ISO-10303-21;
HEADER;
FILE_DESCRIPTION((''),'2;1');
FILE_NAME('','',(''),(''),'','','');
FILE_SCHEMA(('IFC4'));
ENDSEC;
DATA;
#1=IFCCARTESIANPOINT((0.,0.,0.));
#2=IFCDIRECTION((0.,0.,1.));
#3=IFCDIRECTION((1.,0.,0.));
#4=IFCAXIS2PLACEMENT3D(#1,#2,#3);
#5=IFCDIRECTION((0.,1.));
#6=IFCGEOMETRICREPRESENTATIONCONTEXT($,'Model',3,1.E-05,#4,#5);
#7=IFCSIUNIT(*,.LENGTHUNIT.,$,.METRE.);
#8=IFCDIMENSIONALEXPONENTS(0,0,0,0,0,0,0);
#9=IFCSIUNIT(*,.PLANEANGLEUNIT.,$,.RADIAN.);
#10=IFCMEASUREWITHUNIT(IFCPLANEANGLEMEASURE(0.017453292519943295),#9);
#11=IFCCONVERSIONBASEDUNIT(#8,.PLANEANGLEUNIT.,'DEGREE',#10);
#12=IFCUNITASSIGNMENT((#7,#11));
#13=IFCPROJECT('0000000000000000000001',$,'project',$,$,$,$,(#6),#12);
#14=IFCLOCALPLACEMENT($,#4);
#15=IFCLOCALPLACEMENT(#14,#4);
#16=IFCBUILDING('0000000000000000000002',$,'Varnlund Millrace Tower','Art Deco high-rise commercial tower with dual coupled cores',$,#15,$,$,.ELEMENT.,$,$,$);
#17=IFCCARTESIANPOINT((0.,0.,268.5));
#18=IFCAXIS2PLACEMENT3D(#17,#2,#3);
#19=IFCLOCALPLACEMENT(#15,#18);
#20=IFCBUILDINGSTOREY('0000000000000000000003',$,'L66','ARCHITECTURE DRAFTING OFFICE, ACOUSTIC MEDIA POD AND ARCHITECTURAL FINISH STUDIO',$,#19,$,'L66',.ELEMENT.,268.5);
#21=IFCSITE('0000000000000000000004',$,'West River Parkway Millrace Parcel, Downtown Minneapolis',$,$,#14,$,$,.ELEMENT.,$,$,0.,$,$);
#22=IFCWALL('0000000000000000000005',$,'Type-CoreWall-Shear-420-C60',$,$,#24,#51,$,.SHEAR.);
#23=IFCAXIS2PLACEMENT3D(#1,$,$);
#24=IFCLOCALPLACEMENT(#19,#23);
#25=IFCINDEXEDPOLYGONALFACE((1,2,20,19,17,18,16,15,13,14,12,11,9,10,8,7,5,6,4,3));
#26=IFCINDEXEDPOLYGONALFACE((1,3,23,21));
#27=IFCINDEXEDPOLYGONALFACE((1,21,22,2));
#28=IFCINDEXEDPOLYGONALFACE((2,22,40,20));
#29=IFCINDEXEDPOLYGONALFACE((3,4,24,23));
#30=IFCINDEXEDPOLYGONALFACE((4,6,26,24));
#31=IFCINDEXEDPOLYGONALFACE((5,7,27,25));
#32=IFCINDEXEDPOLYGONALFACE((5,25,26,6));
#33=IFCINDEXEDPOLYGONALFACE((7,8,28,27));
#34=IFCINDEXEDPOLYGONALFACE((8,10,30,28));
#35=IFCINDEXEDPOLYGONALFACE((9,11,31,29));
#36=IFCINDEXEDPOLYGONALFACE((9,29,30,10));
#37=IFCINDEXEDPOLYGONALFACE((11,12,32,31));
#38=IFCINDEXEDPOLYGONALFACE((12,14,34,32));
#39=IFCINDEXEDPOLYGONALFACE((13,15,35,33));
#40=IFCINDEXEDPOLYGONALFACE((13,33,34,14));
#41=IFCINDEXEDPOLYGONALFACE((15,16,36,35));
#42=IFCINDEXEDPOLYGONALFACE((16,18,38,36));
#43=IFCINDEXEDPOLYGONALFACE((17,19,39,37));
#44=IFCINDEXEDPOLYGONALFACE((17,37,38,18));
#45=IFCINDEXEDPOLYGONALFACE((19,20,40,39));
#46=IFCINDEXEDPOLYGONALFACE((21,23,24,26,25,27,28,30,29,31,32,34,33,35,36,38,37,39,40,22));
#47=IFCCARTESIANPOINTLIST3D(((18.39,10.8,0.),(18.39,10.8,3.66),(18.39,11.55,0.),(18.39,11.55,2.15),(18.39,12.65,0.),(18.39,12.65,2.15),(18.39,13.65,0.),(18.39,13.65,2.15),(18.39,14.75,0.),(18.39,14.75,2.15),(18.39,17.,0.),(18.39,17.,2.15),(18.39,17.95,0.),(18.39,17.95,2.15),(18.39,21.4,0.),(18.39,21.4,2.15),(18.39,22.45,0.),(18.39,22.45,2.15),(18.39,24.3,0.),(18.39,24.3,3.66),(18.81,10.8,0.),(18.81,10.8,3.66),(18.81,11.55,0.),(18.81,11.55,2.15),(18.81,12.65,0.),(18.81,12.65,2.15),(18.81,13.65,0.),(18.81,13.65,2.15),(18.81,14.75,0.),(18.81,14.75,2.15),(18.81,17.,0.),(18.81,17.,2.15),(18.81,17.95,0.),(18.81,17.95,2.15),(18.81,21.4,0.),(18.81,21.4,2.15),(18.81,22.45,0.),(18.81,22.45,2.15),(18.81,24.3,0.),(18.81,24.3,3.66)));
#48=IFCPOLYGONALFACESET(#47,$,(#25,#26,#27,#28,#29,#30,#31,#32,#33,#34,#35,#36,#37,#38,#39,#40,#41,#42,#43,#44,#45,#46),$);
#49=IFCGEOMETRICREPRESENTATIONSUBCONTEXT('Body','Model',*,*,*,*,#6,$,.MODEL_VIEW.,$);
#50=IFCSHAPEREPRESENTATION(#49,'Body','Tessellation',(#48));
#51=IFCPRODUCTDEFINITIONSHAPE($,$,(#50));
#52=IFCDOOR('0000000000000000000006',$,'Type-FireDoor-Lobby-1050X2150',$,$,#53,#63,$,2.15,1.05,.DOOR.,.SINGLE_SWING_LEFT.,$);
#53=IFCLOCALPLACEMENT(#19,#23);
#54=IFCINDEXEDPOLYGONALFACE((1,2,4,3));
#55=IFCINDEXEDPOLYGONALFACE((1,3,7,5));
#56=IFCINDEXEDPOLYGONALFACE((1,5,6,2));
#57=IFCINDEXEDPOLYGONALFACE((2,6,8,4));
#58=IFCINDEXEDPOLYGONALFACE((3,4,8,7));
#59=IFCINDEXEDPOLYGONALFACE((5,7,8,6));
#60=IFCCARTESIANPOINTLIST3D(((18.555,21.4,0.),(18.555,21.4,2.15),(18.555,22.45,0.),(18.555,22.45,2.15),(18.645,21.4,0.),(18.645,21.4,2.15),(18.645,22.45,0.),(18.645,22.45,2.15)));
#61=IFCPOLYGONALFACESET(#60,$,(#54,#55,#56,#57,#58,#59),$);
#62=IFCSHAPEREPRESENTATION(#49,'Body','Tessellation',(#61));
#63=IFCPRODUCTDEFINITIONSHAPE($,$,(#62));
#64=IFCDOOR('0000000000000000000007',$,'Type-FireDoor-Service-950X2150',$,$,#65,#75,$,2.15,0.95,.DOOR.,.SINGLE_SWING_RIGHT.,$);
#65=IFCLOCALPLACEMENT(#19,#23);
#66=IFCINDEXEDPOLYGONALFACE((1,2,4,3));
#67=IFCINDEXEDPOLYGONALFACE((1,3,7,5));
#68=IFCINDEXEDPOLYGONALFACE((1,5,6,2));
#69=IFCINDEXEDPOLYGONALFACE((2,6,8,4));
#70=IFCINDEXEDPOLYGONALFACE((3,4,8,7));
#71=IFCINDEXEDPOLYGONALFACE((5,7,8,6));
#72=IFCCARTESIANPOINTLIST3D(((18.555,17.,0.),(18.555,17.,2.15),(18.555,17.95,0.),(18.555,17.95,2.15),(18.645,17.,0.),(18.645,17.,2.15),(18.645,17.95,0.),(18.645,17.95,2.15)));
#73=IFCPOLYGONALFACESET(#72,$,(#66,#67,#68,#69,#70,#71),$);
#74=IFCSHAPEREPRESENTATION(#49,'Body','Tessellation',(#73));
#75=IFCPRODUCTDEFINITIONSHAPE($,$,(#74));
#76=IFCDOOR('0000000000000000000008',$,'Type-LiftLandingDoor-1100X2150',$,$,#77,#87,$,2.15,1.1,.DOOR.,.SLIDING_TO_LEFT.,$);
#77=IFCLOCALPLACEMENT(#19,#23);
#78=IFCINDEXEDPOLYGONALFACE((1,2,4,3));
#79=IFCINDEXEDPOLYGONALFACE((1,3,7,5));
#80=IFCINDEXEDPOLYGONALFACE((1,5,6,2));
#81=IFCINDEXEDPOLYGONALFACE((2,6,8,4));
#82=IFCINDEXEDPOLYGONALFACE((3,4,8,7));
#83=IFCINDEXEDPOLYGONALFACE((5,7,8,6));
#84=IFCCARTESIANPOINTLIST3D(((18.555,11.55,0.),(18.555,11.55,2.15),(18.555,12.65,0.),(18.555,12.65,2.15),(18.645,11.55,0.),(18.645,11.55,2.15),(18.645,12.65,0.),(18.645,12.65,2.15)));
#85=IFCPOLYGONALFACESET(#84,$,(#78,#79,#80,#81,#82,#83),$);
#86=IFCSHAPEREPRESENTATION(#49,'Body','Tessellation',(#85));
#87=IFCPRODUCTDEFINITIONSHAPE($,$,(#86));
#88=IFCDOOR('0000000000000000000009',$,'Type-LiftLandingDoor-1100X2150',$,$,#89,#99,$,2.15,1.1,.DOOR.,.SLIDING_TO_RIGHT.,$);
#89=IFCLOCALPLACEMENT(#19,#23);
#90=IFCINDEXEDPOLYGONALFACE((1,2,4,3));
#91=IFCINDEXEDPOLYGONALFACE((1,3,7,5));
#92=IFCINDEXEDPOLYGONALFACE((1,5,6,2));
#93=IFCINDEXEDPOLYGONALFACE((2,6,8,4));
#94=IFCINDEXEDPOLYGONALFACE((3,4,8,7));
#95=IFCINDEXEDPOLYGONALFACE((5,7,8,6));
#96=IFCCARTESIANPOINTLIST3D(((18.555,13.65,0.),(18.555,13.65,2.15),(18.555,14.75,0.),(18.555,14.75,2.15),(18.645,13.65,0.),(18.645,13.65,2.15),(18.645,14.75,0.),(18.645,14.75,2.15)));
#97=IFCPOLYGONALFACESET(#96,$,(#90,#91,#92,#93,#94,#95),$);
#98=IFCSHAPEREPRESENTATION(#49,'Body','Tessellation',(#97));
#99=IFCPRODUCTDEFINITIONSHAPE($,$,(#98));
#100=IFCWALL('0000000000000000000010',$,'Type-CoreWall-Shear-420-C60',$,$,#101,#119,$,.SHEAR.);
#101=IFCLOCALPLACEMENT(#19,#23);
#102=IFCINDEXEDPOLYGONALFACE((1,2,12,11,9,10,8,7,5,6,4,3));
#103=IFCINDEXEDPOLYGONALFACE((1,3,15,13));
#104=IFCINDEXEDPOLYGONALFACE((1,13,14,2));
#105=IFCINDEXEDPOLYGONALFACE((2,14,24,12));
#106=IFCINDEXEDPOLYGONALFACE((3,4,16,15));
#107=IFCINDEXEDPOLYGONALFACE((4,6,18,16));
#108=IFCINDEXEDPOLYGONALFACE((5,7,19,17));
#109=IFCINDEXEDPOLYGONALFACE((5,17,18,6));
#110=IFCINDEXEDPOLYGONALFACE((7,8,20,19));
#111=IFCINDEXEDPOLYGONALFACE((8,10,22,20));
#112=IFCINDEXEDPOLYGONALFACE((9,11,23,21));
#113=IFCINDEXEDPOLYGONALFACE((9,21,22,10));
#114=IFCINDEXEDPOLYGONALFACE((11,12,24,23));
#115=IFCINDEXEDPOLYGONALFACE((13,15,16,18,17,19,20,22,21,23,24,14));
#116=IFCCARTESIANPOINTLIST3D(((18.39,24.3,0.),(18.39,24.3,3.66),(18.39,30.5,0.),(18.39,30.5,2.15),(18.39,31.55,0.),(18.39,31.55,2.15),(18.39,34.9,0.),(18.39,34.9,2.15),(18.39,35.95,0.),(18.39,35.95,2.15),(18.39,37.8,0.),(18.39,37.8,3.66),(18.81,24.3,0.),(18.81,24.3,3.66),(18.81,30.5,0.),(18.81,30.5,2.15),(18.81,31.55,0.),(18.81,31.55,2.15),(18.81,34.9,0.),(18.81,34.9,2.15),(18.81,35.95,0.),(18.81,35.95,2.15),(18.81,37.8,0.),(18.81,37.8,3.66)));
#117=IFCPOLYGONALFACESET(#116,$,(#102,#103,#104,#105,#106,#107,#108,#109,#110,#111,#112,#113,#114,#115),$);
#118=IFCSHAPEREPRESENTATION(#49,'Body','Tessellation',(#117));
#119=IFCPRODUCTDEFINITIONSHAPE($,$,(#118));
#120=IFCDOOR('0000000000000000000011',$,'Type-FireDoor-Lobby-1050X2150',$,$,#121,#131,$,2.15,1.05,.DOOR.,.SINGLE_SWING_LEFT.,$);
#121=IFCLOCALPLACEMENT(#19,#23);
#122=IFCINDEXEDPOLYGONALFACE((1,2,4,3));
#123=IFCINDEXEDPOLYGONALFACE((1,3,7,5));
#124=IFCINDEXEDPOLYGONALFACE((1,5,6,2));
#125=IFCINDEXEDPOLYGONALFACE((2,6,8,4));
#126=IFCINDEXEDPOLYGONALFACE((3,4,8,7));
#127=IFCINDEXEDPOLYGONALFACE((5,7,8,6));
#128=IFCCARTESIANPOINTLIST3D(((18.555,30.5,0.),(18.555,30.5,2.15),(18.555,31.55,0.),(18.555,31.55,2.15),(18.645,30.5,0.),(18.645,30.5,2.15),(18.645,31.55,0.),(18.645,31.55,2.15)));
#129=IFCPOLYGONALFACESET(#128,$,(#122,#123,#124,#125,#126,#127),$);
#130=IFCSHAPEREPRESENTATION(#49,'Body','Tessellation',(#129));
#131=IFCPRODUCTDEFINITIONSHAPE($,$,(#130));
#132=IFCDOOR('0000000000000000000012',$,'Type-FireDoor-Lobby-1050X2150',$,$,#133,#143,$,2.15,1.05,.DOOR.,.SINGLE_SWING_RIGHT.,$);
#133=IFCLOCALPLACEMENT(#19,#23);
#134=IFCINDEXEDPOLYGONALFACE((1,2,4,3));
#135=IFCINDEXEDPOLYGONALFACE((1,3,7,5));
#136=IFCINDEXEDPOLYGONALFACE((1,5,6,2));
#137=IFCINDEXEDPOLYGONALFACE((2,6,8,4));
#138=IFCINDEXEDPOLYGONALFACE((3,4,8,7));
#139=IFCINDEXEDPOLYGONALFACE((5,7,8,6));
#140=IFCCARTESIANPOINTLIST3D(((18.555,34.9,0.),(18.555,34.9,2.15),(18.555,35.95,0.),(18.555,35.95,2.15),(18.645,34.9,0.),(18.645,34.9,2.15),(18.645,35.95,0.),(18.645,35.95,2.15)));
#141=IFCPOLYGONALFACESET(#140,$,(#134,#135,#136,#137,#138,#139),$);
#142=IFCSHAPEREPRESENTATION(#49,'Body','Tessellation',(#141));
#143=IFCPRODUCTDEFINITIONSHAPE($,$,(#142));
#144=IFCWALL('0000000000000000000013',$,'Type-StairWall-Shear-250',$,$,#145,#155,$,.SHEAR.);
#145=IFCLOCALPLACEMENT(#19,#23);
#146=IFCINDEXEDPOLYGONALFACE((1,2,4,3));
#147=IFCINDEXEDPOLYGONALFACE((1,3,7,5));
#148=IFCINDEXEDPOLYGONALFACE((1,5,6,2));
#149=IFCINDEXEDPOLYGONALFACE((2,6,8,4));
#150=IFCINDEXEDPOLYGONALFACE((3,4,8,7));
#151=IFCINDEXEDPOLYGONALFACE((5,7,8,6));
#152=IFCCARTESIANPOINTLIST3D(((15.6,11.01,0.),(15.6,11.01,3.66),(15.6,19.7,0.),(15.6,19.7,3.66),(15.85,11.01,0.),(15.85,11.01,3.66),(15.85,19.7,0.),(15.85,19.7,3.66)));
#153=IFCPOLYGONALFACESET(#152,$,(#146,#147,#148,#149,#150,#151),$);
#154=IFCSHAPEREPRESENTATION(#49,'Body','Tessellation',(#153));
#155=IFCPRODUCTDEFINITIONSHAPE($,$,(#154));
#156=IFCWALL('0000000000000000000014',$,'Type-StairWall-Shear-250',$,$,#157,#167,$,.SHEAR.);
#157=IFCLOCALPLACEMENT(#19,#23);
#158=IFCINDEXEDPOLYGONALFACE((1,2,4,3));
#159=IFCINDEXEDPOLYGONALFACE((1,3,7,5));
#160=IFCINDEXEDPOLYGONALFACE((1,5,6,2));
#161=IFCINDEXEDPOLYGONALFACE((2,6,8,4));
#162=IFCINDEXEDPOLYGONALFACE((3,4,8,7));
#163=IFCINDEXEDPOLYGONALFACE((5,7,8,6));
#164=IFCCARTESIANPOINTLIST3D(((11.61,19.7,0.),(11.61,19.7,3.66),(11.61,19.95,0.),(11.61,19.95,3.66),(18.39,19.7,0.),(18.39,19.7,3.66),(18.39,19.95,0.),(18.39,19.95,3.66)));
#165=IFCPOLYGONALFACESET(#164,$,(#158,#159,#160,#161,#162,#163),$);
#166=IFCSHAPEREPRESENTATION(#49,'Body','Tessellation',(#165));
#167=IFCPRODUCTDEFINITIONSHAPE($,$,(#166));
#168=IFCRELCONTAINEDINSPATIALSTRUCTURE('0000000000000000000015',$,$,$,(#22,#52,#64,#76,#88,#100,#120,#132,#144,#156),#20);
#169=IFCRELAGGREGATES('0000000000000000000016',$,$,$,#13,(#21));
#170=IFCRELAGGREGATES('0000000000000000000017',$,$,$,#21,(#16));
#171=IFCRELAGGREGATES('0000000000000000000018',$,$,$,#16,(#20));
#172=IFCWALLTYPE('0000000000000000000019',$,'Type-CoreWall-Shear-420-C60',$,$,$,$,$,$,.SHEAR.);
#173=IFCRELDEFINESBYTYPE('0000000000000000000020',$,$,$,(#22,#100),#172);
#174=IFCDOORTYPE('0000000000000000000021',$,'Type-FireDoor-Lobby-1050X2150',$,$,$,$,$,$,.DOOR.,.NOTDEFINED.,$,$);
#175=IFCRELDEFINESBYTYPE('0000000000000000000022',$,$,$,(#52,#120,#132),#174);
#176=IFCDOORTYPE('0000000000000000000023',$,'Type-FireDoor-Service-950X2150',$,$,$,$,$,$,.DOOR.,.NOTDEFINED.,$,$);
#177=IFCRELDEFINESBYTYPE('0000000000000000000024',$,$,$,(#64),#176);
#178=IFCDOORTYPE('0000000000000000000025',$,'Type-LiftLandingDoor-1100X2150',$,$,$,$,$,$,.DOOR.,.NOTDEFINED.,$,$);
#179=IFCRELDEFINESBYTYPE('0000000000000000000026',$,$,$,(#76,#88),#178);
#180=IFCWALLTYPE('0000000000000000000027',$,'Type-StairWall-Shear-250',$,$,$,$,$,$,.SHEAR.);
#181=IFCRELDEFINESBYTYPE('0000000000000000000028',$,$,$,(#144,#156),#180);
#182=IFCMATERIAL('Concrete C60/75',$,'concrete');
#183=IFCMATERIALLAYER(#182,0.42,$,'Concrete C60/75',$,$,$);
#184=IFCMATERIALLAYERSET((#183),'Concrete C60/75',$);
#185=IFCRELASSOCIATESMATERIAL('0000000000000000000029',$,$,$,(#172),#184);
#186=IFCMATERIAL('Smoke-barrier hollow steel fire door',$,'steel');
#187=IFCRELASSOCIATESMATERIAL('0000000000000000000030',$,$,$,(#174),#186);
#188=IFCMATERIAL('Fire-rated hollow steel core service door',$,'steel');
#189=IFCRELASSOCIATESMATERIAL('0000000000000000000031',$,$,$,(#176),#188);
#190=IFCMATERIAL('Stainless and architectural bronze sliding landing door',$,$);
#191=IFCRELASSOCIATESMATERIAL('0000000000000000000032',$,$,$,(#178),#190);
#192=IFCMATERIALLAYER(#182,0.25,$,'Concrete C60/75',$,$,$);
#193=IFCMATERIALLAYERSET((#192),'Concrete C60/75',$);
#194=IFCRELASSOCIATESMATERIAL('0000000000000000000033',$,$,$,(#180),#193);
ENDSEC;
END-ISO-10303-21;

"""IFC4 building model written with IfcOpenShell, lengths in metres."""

from ifc_helpers import new_model, entity, si_unit, converted_unit, direction, frame, origin_with_axes, origin_2d_with_axis, place, context, subcontext, project, spatial, polyline, rectangle, outline, extrude, material, layer, layer_set, type_object, element, fill, save


model = new_model("IFC4")

# Units and contexts
model_context = context("Model", 3, precision=1e-05, world=origin_with_axes(), true_north=direction((0.0, 1.0)))
body_context = subcontext(model_context, "Body", "Model", "MODEL_VIEW")
ifc_project = project(units=[si_unit("LENGTHUNIT", "METRE"), converted_unit("PLANEANGLEUNIT", "DEGREE", entity("IfcPlaneAngleMeasure", 0.017453292519943295), si_unit("PLANEANGLEUNIT", "RADIAN"), dimensions=[0, 0, 0, 0, 0, 0, 0])], contexts=[model_context])

# Site, building, storey
site_placement = place(None, origin_with_axes())
site = spatial("IfcSite", under=ifc_project, at=site_placement, Name="West River Parkway Millrace Parcel, Downtown Minneapolis", CompositionType="ELEMENT", RefElevation=0.0)
building_placement = place(site_placement, origin_with_axes())
building = spatial("IfcBuilding", under=site, at=building_placement, Name="Varnlund Millrace Tower", Description="Art Deco high-rise commercial tower with dual coupled cores", CompositionType="ELEMENT")
storey_placement = place(building_placement, frame((0.0, 0.0, 268.5), z_axis=(0.0, 0.0, 1.0), x_axis=(1.0, 0.0, 0.0)))
storey = spatial("IfcBuildingStorey", under=building, at=storey_placement, Name="L66", Description="ARCHITECTURE DRAFTING OFFICE, ACOUSTIC MEDIA POD AND ARCHITECTURAL FINISH STUDIO", LongName="L66", CompositionType="ELEMENT", Elevation=268.5)

# Shared definitions
ifc_material_1 = material(Name="Concrete C60/75", Category="concrete")

# Shared definitions
ifc_layer_1 = layer(ifc_material_1, 0.42, Name="Concrete C60/75")
ifc_layer_set_1 = layer_set([ifc_layer_1], Name="Concrete C60/75")
wall_type_1 = type_object("IfcWallType", Name="Type-CoreWall-Shear-420-C60", PredefinedType="SHEAR", material=ifc_layer_set_1)

# Walls, openings, doors
wall_1_placement = place(storey_placement, frame((18.6, 10.8, 0.0), z_axis=(0.0, 0.0, 1.0), x_axis=(0.0, 1.0, 0.0)))
wall_1 = element("IfcWall", 1, at=wall_1_placement, inside=storey, type_object=wall_type_1, Name="Type-CoreWall-Shear-420-C60", PredefinedType="SHEAR", context=body_context, shape_type="SweptSolid", body=[
    extrude(outline(polyline([(0.0, -0.21), (13.5, -0.21), (13.5, 0.21), (0.0, 0.21), (0.0, -0.21)])), origin_with_axes(), (0.0, 0.0, 1.0), 3.66),
])
opening_1_placement = place(wall_1_placement, frame((1.3, 0.0, 0.0), z_axis=(0.0, 0.0, 1.0), x_axis=(1.0, 0.0, 0.0)))
opening_1 = element("IfcOpeningElement", 2, at=opening_1_placement, cuts=wall_1, PredefinedType="OPENING", context=body_context, shape_type="SweptSolid", body=[
    extrude(rectangle(XDim=1.1, YDim=0.44, at=origin_2d_with_axis()), origin_with_axes(), (0.0, 0.0, 1.0), 2.15),
])
opening_2_placement = place(wall_1_placement, frame((3.4, 0.0, 0.0), z_axis=(0.0, 0.0, 1.0), x_axis=(1.0, 0.0, 0.0)))
opening_2 = element("IfcOpeningElement", 3, at=opening_2_placement, cuts=wall_1, PredefinedType="OPENING", context=body_context, shape_type="SweptSolid", body=[
    extrude(rectangle(XDim=1.1, YDim=0.44, at=origin_2d_with_axis()), origin_with_axes(), (0.0, 0.0, 1.0), 2.15),
])
opening_3_placement = place(wall_1_placement, frame((11.125, 0.0, 0.0), z_axis=(0.0, 0.0, 1.0), x_axis=(1.0, 0.0, 0.0)))
opening_3 = element("IfcOpeningElement", 4, at=opening_3_placement, cuts=wall_1, PredefinedType="OPENING", context=body_context, shape_type="SweptSolid", body=[
    extrude(rectangle(XDim=1.05, YDim=0.44, at=origin_2d_with_axis()), origin_with_axes(), (0.0, 0.0, 1.0), 2.15),
])
opening_4_placement = place(wall_1_placement, frame((6.675, 0.0, 0.0), z_axis=(0.0, 0.0, 1.0), x_axis=(1.0, 0.0, 0.0)))
opening_4 = element("IfcOpeningElement", 5, at=opening_4_placement, cuts=wall_1, PredefinedType="OPENING", context=body_context, shape_type="SweptSolid", body=[
    extrude(rectangle(XDim=0.95, YDim=0.44, at=origin_2d_with_axis()), origin_with_axes(), (0.0, 0.0, 1.0), 2.15),
])
ifc_material_2 = material(Name="Smoke-barrier hollow steel fire door", Category="steel")
door_type_1 = type_object("IfcDoorType", Name="Type-FireDoor-Lobby-1050X2150", OperationType="NOTDEFINED", PredefinedType="DOOR", material=ifc_material_2)
door_1_placement = place(wall_1_placement, frame((11.125, 0.0, 0.0), z_axis=(0.0, 0.0, 1.0), x_axis=(1.0, 0.0, 0.0)))
door_1 = element("IfcDoor", 6, at=door_1_placement, inside=storey, type_object=door_type_1, Name="Type-FireDoor-Lobby-1050X2150", OperationType="SINGLE_SWING_LEFT", OverallHeight=2.15, OverallWidth=1.05, PredefinedType="DOOR", context=body_context, shape_type="SweptSolid", body=[
    extrude(rectangle(XDim=1.05, YDim=0.09, at=origin_2d_with_axis()), origin_with_axes(), (0.0, 0.0, 1.0), 2.15),
])
fill(opening_3, door_1)
ifc_material_3 = material(Name="Fire-rated hollow steel core service door", Category="steel")
door_type_2 = type_object("IfcDoorType", Name="Type-FireDoor-Service-950X2150", OperationType="NOTDEFINED", PredefinedType="DOOR", material=ifc_material_3)
door_2_placement = place(wall_1_placement, frame((6.675, 0.0, 0.0), z_axis=(0.0, 0.0, 1.0), x_axis=(1.0, 0.0, 0.0)))
door_2 = element("IfcDoor", 7, at=door_2_placement, inside=storey, type_object=door_type_2, Name="Type-FireDoor-Service-950X2150", OperationType="SINGLE_SWING_RIGHT", OverallHeight=2.15, OverallWidth=0.95, PredefinedType="DOOR", context=body_context, shape_type="SweptSolid", body=[
    extrude(rectangle(XDim=0.95, YDim=0.09, at=origin_2d_with_axis()), origin_with_axes(), (0.0, 0.0, 1.0), 2.15),
])
fill(opening_4, door_2)
ifc_material_4 = material(Name="Stainless and architectural bronze sliding landing door")
door_type_3 = type_object("IfcDoorType", Name="Type-LiftLandingDoor-1100X2150", OperationType="NOTDEFINED", PredefinedType="DOOR", material=ifc_material_4)
door_3_placement = place(wall_1_placement, frame((1.3, 0.0, 0.0), z_axis=(0.0, 0.0, 1.0), x_axis=(1.0, 0.0, 0.0)))
door_3 = element("IfcDoor", 8, at=door_3_placement, inside=storey, type_object=door_type_3, Name="Type-LiftLandingDoor-1100X2150", OperationType="SLIDING_TO_LEFT", OverallHeight=2.15, OverallWidth=1.1, PredefinedType="DOOR", context=body_context, shape_type="SweptSolid", body=[
    extrude(rectangle(XDim=1.1, YDim=0.09, at=origin_2d_with_axis()), origin_with_axes(), (0.0, 0.0, 1.0), 2.15),
])
fill(opening_1, door_3)
door_4_placement = place(wall_1_placement, frame((3.4, 0.0, 0.0), z_axis=(0.0, 0.0, 1.0), x_axis=(1.0, 0.0, 0.0)))
door_4 = element("IfcDoor", 9, at=door_4_placement, inside=storey, type_object=door_type_3, Name="Type-LiftLandingDoor-1100X2150", OperationType="SLIDING_TO_RIGHT", OverallHeight=2.15, OverallWidth=1.1, PredefinedType="DOOR", context=body_context, shape_type="SweptSolid", body=[
    extrude(rectangle(XDim=1.1, YDim=0.09, at=origin_2d_with_axis()), origin_with_axes(), (0.0, 0.0, 1.0), 2.15),
])
fill(opening_2, door_4)
wall_2_placement = place(storey_placement, frame((18.6, 24.3, 0.0), z_axis=(0.0, 0.0, 1.0), x_axis=(0.0, 1.0, 0.0)))
wall_2 = element("IfcWall", 10, at=wall_2_placement, inside=storey, type_object=wall_type_1, Name="Type-CoreWall-Shear-420-C60", PredefinedType="SHEAR", context=body_context, shape_type="SweptSolid", body=[
    extrude(outline(polyline([(0.0, -0.21), (13.5, -0.21), (13.5, 0.21), (0.0, 0.21), (0.0, -0.21)])), origin_with_axes(), (0.0, 0.0, 1.0), 3.66),
])
opening_5_placement = place(wall_2_placement, frame((6.725, 0.0, 0.0), z_axis=(0.0, 0.0, 1.0), x_axis=(1.0, 0.0, 0.0)))
opening_5 = element("IfcOpeningElement", 11, at=opening_5_placement, cuts=wall_2, PredefinedType="OPENING", context=body_context, shape_type="SweptSolid", body=[
    extrude(rectangle(XDim=1.05, YDim=0.44, at=origin_2d_with_axis()), origin_with_axes(), (0.0, 0.0, 1.0), 2.15),
])
opening_6_placement = place(wall_2_placement, frame((11.125, 0.0, 0.0), z_axis=(0.0, 0.0, 1.0), x_axis=(1.0, 0.0, 0.0)))
opening_6 = element("IfcOpeningElement", 12, at=opening_6_placement, cuts=wall_2, PredefinedType="OPENING", context=body_context, shape_type="SweptSolid", body=[
    extrude(rectangle(XDim=1.05, YDim=0.44, at=origin_2d_with_axis()), origin_with_axes(), (0.0, 0.0, 1.0), 2.15),
])
door_5_placement = place(wall_2_placement, frame((6.725, 0.0, 0.0), z_axis=(0.0, 0.0, 1.0), x_axis=(1.0, 0.0, 0.0)))
door_5 = element("IfcDoor", 13, at=door_5_placement, inside=storey, type_object=door_type_1, Name="Type-FireDoor-Lobby-1050X2150", OperationType="SINGLE_SWING_LEFT", OverallHeight=2.15, OverallWidth=1.05, PredefinedType="DOOR", context=body_context, shape_type="SweptSolid", body=[
    extrude(rectangle(XDim=1.05, YDim=0.09, at=origin_2d_with_axis()), origin_with_axes(), (0.0, 0.0, 1.0), 2.15),
])
fill(opening_5, door_5)
door_6_placement = place(wall_2_placement, frame((11.125, 0.0, 0.0), z_axis=(0.0, 0.0, 1.0), x_axis=(1.0, 0.0, 0.0)))
door_6 = element("IfcDoor", 14, at=door_6_placement, inside=storey, type_object=door_type_1, Name="Type-FireDoor-Lobby-1050X2150", OperationType="SINGLE_SWING_RIGHT", OverallHeight=2.15, OverallWidth=1.05, PredefinedType="DOOR", context=body_context, shape_type="SweptSolid", body=[
    extrude(rectangle(XDim=1.05, YDim=0.09, at=origin_2d_with_axis()), origin_with_axes(), (0.0, 0.0, 1.0), 2.15),
])
fill(opening_6, door_6)

# Walls
ifc_layer_2 = layer(ifc_material_1, 0.25, Name="Concrete C60/75")
ifc_layer_set_2 = layer_set([ifc_layer_2], Name="Concrete C60/75")
wall_type_2 = type_object("IfcWallType", Name="Type-StairWall-Shear-250", PredefinedType="SHEAR", material=ifc_layer_set_2)
wall_3_placement = place(storey_placement, frame((15.725, 11.01, 0.0), z_axis=(0.0, 0.0, 1.0), x_axis=(0.0, 1.0, 0.0)))
element("IfcWall", 15, at=wall_3_placement, inside=storey, type_object=wall_type_2, Name="Type-StairWall-Shear-250", PredefinedType="SHEAR", context=body_context, shape_type="SweptSolid", body=[
    extrude(outline(polyline([(0.0, -0.125), (8.69, -0.125), (8.69, 0.125), (0.0, 0.125), (0.0, -0.125)])), origin_with_axes(), (0.0, 0.0, 1.0), 3.66),
])
wall_4_placement = place(storey_placement, frame((11.61, 19.825, 0.0), z_axis=(0.0, 0.0, 1.0), x_axis=(1.0, 0.0, 0.0)))
element("IfcWall", 16, at=wall_4_placement, inside=storey, type_object=wall_type_2, Name="Type-StairWall-Shear-250", PredefinedType="SHEAR", context=body_context, shape_type="SweptSolid", body=[
    extrude(outline(polyline([(0.0, -0.125), (6.78, -0.125), (6.78, 0.125), (0.0, 0.125), (0.0, -0.125)])), origin_with_axes(), (0.0, 0.0, 1.0), 3.66),
])

save(model, "model.ifc")
